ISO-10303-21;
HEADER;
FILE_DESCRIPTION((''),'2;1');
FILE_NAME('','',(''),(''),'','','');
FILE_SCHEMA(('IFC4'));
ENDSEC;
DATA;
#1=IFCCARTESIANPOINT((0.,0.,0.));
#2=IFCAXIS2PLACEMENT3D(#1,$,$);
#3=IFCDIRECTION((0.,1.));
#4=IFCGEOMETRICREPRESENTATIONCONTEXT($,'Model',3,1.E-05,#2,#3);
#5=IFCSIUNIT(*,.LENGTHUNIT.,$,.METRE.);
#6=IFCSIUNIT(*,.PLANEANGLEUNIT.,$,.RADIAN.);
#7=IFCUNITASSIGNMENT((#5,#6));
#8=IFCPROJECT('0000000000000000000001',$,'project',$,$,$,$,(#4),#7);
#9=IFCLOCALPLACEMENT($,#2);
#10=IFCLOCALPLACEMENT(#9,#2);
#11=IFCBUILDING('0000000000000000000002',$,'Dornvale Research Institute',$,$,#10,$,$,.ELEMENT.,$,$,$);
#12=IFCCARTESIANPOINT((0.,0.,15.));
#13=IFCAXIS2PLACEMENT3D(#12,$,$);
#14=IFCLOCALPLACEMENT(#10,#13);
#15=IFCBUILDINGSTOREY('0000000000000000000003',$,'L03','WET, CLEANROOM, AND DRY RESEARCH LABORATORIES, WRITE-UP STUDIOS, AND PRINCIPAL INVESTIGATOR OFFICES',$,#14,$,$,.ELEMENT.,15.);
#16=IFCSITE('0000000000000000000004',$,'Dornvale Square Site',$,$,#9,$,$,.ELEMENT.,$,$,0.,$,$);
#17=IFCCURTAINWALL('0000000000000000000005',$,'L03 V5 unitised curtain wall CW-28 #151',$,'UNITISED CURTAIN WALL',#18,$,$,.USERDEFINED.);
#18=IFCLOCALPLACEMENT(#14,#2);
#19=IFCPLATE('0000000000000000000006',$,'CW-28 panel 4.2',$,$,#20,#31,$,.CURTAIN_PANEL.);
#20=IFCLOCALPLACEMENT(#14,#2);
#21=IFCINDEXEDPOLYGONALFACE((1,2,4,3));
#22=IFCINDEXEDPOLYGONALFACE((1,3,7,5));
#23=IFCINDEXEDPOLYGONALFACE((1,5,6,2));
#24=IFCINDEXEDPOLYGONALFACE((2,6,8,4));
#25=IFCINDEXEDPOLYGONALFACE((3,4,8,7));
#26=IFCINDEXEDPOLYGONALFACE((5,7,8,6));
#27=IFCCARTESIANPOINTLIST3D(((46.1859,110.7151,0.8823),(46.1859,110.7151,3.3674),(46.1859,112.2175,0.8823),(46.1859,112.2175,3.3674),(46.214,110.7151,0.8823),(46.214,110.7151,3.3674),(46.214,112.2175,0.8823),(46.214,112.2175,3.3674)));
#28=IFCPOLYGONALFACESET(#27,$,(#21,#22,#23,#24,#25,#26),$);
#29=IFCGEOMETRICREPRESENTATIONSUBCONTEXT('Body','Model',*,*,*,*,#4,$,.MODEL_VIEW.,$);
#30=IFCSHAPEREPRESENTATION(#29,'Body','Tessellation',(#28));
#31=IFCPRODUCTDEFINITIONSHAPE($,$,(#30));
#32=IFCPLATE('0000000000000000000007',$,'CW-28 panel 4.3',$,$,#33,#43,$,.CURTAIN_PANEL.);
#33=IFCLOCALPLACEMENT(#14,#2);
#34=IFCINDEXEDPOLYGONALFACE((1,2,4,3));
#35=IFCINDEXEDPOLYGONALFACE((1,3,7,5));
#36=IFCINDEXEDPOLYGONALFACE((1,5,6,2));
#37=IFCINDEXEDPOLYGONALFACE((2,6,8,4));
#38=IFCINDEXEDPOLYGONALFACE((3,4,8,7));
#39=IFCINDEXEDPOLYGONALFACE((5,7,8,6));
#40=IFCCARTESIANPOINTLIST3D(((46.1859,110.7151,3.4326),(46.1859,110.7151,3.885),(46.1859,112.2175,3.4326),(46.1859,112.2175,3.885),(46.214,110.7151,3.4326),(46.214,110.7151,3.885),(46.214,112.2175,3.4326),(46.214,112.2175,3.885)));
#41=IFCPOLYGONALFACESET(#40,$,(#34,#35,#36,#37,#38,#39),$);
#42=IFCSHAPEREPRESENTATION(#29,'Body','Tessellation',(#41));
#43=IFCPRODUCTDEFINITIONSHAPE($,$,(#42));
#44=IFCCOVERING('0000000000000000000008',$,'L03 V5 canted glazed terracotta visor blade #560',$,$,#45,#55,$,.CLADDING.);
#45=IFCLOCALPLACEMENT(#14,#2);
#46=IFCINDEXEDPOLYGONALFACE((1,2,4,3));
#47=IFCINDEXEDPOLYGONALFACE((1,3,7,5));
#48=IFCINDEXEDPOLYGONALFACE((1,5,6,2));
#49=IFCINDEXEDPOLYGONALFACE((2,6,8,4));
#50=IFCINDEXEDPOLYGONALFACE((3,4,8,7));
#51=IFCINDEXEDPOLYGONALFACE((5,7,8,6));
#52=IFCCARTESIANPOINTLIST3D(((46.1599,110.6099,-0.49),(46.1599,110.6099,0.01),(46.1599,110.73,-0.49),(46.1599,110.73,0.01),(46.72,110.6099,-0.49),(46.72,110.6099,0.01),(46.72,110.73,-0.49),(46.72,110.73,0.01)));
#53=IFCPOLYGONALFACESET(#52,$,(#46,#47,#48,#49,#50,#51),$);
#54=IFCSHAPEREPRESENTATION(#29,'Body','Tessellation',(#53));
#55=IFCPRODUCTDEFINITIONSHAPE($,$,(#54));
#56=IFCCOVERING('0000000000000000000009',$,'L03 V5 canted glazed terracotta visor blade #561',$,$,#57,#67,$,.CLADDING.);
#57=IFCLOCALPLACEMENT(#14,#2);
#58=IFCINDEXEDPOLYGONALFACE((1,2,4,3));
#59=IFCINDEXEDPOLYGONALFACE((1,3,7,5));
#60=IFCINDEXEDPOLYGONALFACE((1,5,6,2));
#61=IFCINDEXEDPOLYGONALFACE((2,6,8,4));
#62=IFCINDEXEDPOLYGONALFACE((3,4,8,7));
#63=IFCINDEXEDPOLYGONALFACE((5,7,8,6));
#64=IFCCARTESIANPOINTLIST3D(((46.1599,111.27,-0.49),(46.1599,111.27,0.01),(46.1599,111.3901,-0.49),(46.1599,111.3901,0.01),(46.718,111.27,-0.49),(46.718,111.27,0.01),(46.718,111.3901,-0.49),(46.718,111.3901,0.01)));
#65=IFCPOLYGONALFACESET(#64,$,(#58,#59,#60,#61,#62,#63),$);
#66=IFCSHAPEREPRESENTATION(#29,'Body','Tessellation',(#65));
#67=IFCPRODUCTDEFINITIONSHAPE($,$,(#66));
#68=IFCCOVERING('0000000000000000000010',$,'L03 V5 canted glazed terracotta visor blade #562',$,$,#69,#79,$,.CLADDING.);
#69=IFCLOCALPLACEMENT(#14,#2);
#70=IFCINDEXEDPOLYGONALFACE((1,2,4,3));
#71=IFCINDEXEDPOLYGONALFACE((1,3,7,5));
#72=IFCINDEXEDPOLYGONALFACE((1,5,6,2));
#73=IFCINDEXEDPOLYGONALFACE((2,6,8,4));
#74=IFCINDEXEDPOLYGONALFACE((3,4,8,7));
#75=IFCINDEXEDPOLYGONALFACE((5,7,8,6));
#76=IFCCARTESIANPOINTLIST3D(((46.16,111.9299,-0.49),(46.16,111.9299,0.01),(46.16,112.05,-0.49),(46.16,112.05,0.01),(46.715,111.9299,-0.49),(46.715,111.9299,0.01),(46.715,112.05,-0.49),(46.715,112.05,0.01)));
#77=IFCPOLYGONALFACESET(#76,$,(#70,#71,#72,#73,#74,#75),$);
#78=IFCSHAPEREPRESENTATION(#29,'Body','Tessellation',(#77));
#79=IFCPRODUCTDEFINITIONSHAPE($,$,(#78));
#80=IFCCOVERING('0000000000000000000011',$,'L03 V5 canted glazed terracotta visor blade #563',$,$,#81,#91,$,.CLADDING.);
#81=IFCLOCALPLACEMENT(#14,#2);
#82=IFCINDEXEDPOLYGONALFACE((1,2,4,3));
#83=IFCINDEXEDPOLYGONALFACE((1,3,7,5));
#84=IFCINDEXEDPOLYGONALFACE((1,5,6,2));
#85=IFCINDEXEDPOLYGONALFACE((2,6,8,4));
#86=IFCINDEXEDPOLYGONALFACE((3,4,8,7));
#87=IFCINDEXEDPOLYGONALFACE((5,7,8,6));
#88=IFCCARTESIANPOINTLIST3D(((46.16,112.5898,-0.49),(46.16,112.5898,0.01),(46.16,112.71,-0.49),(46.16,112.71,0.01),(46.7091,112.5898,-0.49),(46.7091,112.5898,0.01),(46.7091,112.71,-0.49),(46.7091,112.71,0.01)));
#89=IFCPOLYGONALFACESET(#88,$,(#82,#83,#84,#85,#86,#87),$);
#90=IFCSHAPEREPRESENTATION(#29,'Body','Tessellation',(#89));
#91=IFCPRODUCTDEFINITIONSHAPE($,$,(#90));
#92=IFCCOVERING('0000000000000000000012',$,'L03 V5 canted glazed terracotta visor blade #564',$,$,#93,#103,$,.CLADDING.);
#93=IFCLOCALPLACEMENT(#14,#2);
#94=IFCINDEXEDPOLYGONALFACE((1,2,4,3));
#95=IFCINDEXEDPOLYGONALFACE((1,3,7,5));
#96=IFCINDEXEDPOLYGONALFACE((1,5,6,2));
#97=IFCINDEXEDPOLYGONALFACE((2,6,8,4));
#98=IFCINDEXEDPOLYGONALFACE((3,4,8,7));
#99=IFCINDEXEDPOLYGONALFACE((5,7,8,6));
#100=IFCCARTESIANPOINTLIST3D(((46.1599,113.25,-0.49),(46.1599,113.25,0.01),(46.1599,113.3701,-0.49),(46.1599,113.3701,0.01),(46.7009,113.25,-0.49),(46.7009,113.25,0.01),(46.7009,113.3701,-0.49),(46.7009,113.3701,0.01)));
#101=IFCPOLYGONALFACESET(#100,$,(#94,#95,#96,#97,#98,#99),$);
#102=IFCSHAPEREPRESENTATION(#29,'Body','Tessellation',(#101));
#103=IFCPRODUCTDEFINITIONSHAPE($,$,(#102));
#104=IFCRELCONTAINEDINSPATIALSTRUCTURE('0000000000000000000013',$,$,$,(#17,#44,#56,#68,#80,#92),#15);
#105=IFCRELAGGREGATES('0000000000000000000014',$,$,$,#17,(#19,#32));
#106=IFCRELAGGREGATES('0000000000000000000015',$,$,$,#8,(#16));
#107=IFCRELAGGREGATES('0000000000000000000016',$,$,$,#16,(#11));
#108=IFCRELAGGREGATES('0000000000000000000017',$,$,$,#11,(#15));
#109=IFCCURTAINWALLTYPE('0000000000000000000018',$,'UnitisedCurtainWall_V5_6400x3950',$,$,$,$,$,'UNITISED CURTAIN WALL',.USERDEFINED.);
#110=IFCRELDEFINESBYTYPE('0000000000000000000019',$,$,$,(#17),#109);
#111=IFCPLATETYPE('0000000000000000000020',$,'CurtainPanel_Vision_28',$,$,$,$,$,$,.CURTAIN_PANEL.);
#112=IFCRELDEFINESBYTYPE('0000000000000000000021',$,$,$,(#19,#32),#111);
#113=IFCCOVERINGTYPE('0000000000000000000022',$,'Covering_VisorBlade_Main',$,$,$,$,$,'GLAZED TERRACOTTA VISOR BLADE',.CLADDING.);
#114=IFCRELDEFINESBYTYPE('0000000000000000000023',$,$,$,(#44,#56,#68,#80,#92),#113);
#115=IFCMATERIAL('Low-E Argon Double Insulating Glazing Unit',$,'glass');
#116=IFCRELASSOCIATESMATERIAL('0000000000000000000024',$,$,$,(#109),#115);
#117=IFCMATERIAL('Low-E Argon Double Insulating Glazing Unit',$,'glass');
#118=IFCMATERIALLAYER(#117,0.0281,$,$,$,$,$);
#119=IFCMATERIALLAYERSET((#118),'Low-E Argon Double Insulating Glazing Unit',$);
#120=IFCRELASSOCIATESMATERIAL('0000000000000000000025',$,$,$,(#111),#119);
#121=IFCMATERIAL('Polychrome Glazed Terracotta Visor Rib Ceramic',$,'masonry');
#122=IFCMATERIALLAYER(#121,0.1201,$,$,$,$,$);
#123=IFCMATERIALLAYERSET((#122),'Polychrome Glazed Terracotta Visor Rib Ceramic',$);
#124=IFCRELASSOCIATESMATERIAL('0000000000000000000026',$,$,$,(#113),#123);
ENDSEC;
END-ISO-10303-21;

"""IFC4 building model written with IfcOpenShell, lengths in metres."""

from ifc_helpers import new_model, si_unit, direction, frame, origin, origin_2d, place, context, subcontext, project, spatial, rectangle, extrude, material, layer, layer_set, type_object, element, aggregate, save


model = new_model("IFC4")

# Units and contexts
model_context = context("Model", 3, precision=1e-05, world=origin(), true_north=direction((0.0, 1.0)))
body_context = subcontext(model_context, "Body", "Model", "MODEL_VIEW")
ifc_project = project(units=[si_unit("LENGTHUNIT", "METRE"), si_unit("PLANEANGLEUNIT", "RADIAN")], contexts=[model_context])

# Site, building, storey
site_placement = place(None, origin())
site = spatial("IfcSite", under=ifc_project, at=site_placement, Name="Dornvale Square Site", CompositionType="ELEMENT", RefElevation=0.0)
building_placement = place(site_placement, origin())
building = spatial("IfcBuilding", under=site, at=building_placement, Name="Dornvale Research Institute", CompositionType="ELEMENT")
storey_placement = place(building_placement, frame((0.0, 0.0, 15.0)))
storey = spatial("IfcBuildingStorey", under=building, at=storey_placement, Name="L03", Description="WET, CLEANROOM, AND DRY RESEARCH LABORATORIES, WRITE-UP STUDIOS, AND PRINCIPAL INVESTIGATOR OFFICES", CompositionType="ELEMENT", Elevation=15.0)

# Curtain wall, plates
ifc_material_1 = material(Name="Low-E Argon Double Insulating Glazing Unit", Category="glass")
curtain_wall_type = type_object("IfcCurtainWallType", Name="UnitisedCurtainWall_V5_6400x3950", ElementType="UNITISED CURTAIN WALL", PredefinedType="USERDEFINED", material=ifc_material_1)
curtain_wall_placement = place(storey_placement, origin())
curtain_wall = element("IfcCurtainWall", 1, at=curtain_wall_placement, inside=storey, type_object=curtain_wall_type, Name="L03 V5 unitised curtain wall CW-28 #151", ObjectType="UNITISED CURTAIN WALL", PredefinedType="USERDEFINED")
ifc_material_2 = material(Name="Low-E Argon Double Insulating Glazing Unit", Category="glass")
ifc_layer_1 = layer(ifc_material_2, 0.0281)
ifc_layer_set_1 = layer_set([ifc_layer_1], Name="Low-E Argon Double Insulating Glazing Unit")
plate_type_1 = type_object("IfcPlateType", Name="CurtainPanel_Vision_28", PredefinedType="CURTAIN_PANEL", material=ifc_layer_set_1)
plate_1_placement = place(storey_placement, frame((46.2, 111.4663, 0.8823), z_axis=(0.0, 0.0, 1.0), x_axis=(0.0, -1.0, 0.0)))
plate_1 = element("IfcPlate", 2, at=plate_1_placement, type_object=plate_type_1, Name="CW-28 panel 4.2", PredefinedType="CURTAIN_PANEL", context=body_context, shape_type="SweptSolid", body=[
    extrude(rectangle(XDim=1.5024, YDim=0.0281, at=origin_2d()), origin(), (0.0, 0.0, 1.0), 2.4851),
])
plate_2_placement = place(storey_placement, frame((46.2, 111.4663, 3.4326), z_axis=(0.0, 0.0, 1.0), x_axis=(0.0, -1.0, 0.0)))
plate_2 = element("IfcPlate", 3, at=plate_2_placement, type_object=plate_type_1, Name="CW-28 panel 4.3", PredefinedType="CURTAIN_PANEL", context=body_context, shape_type="SweptSolid", body=[
    extrude(rectangle(XDim=1.5024, YDim=0.0281, at=origin_2d()), origin(), (0.0, 0.0, 1.0), 0.4524),
])
aggregate(curtain_wall, [plate_1, plate_2])

# Coverings
ifc_material_3 = material(Name="Polychrome Glazed Terracotta Visor Rib Ceramic", Category="masonry")
ifc_layer_2 = layer(ifc_material_3, 0.1201)
ifc_layer_set_2 = layer_set([ifc_layer_2], Name="Polychrome Glazed Terracotta Visor Rib Ceramic")
covering_type = type_object("IfcCoveringType", Name="Covering_VisorBlade_Main", ElementType="GLAZED TERRACOTTA VISOR BLADE", PredefinedType="CLADDING", material=ifc_layer_set_2)
covering_1_placement = place(storey_placement, frame((46.4399, 110.6699, -0.49), z_axis=(0.0, 0.0, 1.0), x_axis=(1.0, 0.0, 0.0)))
element("IfcCovering", 4, at=covering_1_placement, inside=storey, type_object=covering_type, Name="L03 V5 canted glazed terracotta visor blade #560", PredefinedType="CLADDING", context=body_context, shape_type="SweptSolid", body=[
    extrude(rectangle(XDim=0.5601, YDim=0.1201, at=origin_2d()), origin(), (0.0, 0.0, 1.0), 0.5),
])
covering_2_placement = place(storey_placement, frame((46.439, 111.3301, -0.49), z_axis=(0.0, 0.0, 1.0), x_axis=(1.0, 0.0, 0.0)))
element("IfcCovering", 5, at=covering_2_placement, inside=storey, type_object=covering_type, Name="L03 V5 canted glazed terracotta visor blade #561", PredefinedType="CLADDING", context=body_context, shape_type="SweptSolid", body=[
    extrude(rectangle(XDim=0.5581, YDim=0.1201, at=origin_2d()), origin(), (0.0, 0.0, 1.0), 0.5),
])
covering_3_placement = place(storey_placement, frame((46.4375, 111.99, -0.49), z_axis=(0.0, 0.0, 1.0), x_axis=(1.0, 0.0, 0.0)))
element("IfcCovering", 6, at=covering_3_placement, inside=storey, type_object=covering_type, Name="L03 V5 canted glazed terracotta visor blade #562", PredefinedType="CLADDING", context=body_context, shape_type="SweptSolid", body=[
    extrude(rectangle(XDim=0.5549, YDim=0.1201, at=origin_2d()), origin(), (0.0, 0.0, 1.0), 0.5),
])
covering_4_placement = place(storey_placement, frame((46.4346, 112.6499, -0.49), z_axis=(0.0, 0.0, 1.0), x_axis=(1.0, 0.0, 0.0)))
element("IfcCovering", 7, at=covering_4_placement, inside=storey, type_object=covering_type, Name="L03 V5 canted glazed terracotta visor blade #563", PredefinedType="CLADDING", context=body_context, shape_type="SweptSolid", body=[
    extrude(rectangle(XDim=0.5491, YDim=0.1201, at=origin_2d()), origin(), (0.0, 0.0, 1.0), 0.5),
])
covering_5_placement = place(storey_placement, frame((46.4304, 113.3101, -0.49), z_axis=(0.0, 0.0, 1.0), x_axis=(1.0, 0.0, 0.0)))
element("IfcCovering", 8, at=covering_5_placement, inside=storey, type_object=covering_type, Name="L03 V5 canted glazed terracotta visor blade #564", PredefinedType="CLADDING", context=body_context, shape_type="SweptSolid", body=[
    extrude(rectangle(XDim=0.541, YDim=0.1201, at=origin_2d()), origin(), (0.0, 0.0, 1.0), 0.5),
])

save(model, "model.ifc")
